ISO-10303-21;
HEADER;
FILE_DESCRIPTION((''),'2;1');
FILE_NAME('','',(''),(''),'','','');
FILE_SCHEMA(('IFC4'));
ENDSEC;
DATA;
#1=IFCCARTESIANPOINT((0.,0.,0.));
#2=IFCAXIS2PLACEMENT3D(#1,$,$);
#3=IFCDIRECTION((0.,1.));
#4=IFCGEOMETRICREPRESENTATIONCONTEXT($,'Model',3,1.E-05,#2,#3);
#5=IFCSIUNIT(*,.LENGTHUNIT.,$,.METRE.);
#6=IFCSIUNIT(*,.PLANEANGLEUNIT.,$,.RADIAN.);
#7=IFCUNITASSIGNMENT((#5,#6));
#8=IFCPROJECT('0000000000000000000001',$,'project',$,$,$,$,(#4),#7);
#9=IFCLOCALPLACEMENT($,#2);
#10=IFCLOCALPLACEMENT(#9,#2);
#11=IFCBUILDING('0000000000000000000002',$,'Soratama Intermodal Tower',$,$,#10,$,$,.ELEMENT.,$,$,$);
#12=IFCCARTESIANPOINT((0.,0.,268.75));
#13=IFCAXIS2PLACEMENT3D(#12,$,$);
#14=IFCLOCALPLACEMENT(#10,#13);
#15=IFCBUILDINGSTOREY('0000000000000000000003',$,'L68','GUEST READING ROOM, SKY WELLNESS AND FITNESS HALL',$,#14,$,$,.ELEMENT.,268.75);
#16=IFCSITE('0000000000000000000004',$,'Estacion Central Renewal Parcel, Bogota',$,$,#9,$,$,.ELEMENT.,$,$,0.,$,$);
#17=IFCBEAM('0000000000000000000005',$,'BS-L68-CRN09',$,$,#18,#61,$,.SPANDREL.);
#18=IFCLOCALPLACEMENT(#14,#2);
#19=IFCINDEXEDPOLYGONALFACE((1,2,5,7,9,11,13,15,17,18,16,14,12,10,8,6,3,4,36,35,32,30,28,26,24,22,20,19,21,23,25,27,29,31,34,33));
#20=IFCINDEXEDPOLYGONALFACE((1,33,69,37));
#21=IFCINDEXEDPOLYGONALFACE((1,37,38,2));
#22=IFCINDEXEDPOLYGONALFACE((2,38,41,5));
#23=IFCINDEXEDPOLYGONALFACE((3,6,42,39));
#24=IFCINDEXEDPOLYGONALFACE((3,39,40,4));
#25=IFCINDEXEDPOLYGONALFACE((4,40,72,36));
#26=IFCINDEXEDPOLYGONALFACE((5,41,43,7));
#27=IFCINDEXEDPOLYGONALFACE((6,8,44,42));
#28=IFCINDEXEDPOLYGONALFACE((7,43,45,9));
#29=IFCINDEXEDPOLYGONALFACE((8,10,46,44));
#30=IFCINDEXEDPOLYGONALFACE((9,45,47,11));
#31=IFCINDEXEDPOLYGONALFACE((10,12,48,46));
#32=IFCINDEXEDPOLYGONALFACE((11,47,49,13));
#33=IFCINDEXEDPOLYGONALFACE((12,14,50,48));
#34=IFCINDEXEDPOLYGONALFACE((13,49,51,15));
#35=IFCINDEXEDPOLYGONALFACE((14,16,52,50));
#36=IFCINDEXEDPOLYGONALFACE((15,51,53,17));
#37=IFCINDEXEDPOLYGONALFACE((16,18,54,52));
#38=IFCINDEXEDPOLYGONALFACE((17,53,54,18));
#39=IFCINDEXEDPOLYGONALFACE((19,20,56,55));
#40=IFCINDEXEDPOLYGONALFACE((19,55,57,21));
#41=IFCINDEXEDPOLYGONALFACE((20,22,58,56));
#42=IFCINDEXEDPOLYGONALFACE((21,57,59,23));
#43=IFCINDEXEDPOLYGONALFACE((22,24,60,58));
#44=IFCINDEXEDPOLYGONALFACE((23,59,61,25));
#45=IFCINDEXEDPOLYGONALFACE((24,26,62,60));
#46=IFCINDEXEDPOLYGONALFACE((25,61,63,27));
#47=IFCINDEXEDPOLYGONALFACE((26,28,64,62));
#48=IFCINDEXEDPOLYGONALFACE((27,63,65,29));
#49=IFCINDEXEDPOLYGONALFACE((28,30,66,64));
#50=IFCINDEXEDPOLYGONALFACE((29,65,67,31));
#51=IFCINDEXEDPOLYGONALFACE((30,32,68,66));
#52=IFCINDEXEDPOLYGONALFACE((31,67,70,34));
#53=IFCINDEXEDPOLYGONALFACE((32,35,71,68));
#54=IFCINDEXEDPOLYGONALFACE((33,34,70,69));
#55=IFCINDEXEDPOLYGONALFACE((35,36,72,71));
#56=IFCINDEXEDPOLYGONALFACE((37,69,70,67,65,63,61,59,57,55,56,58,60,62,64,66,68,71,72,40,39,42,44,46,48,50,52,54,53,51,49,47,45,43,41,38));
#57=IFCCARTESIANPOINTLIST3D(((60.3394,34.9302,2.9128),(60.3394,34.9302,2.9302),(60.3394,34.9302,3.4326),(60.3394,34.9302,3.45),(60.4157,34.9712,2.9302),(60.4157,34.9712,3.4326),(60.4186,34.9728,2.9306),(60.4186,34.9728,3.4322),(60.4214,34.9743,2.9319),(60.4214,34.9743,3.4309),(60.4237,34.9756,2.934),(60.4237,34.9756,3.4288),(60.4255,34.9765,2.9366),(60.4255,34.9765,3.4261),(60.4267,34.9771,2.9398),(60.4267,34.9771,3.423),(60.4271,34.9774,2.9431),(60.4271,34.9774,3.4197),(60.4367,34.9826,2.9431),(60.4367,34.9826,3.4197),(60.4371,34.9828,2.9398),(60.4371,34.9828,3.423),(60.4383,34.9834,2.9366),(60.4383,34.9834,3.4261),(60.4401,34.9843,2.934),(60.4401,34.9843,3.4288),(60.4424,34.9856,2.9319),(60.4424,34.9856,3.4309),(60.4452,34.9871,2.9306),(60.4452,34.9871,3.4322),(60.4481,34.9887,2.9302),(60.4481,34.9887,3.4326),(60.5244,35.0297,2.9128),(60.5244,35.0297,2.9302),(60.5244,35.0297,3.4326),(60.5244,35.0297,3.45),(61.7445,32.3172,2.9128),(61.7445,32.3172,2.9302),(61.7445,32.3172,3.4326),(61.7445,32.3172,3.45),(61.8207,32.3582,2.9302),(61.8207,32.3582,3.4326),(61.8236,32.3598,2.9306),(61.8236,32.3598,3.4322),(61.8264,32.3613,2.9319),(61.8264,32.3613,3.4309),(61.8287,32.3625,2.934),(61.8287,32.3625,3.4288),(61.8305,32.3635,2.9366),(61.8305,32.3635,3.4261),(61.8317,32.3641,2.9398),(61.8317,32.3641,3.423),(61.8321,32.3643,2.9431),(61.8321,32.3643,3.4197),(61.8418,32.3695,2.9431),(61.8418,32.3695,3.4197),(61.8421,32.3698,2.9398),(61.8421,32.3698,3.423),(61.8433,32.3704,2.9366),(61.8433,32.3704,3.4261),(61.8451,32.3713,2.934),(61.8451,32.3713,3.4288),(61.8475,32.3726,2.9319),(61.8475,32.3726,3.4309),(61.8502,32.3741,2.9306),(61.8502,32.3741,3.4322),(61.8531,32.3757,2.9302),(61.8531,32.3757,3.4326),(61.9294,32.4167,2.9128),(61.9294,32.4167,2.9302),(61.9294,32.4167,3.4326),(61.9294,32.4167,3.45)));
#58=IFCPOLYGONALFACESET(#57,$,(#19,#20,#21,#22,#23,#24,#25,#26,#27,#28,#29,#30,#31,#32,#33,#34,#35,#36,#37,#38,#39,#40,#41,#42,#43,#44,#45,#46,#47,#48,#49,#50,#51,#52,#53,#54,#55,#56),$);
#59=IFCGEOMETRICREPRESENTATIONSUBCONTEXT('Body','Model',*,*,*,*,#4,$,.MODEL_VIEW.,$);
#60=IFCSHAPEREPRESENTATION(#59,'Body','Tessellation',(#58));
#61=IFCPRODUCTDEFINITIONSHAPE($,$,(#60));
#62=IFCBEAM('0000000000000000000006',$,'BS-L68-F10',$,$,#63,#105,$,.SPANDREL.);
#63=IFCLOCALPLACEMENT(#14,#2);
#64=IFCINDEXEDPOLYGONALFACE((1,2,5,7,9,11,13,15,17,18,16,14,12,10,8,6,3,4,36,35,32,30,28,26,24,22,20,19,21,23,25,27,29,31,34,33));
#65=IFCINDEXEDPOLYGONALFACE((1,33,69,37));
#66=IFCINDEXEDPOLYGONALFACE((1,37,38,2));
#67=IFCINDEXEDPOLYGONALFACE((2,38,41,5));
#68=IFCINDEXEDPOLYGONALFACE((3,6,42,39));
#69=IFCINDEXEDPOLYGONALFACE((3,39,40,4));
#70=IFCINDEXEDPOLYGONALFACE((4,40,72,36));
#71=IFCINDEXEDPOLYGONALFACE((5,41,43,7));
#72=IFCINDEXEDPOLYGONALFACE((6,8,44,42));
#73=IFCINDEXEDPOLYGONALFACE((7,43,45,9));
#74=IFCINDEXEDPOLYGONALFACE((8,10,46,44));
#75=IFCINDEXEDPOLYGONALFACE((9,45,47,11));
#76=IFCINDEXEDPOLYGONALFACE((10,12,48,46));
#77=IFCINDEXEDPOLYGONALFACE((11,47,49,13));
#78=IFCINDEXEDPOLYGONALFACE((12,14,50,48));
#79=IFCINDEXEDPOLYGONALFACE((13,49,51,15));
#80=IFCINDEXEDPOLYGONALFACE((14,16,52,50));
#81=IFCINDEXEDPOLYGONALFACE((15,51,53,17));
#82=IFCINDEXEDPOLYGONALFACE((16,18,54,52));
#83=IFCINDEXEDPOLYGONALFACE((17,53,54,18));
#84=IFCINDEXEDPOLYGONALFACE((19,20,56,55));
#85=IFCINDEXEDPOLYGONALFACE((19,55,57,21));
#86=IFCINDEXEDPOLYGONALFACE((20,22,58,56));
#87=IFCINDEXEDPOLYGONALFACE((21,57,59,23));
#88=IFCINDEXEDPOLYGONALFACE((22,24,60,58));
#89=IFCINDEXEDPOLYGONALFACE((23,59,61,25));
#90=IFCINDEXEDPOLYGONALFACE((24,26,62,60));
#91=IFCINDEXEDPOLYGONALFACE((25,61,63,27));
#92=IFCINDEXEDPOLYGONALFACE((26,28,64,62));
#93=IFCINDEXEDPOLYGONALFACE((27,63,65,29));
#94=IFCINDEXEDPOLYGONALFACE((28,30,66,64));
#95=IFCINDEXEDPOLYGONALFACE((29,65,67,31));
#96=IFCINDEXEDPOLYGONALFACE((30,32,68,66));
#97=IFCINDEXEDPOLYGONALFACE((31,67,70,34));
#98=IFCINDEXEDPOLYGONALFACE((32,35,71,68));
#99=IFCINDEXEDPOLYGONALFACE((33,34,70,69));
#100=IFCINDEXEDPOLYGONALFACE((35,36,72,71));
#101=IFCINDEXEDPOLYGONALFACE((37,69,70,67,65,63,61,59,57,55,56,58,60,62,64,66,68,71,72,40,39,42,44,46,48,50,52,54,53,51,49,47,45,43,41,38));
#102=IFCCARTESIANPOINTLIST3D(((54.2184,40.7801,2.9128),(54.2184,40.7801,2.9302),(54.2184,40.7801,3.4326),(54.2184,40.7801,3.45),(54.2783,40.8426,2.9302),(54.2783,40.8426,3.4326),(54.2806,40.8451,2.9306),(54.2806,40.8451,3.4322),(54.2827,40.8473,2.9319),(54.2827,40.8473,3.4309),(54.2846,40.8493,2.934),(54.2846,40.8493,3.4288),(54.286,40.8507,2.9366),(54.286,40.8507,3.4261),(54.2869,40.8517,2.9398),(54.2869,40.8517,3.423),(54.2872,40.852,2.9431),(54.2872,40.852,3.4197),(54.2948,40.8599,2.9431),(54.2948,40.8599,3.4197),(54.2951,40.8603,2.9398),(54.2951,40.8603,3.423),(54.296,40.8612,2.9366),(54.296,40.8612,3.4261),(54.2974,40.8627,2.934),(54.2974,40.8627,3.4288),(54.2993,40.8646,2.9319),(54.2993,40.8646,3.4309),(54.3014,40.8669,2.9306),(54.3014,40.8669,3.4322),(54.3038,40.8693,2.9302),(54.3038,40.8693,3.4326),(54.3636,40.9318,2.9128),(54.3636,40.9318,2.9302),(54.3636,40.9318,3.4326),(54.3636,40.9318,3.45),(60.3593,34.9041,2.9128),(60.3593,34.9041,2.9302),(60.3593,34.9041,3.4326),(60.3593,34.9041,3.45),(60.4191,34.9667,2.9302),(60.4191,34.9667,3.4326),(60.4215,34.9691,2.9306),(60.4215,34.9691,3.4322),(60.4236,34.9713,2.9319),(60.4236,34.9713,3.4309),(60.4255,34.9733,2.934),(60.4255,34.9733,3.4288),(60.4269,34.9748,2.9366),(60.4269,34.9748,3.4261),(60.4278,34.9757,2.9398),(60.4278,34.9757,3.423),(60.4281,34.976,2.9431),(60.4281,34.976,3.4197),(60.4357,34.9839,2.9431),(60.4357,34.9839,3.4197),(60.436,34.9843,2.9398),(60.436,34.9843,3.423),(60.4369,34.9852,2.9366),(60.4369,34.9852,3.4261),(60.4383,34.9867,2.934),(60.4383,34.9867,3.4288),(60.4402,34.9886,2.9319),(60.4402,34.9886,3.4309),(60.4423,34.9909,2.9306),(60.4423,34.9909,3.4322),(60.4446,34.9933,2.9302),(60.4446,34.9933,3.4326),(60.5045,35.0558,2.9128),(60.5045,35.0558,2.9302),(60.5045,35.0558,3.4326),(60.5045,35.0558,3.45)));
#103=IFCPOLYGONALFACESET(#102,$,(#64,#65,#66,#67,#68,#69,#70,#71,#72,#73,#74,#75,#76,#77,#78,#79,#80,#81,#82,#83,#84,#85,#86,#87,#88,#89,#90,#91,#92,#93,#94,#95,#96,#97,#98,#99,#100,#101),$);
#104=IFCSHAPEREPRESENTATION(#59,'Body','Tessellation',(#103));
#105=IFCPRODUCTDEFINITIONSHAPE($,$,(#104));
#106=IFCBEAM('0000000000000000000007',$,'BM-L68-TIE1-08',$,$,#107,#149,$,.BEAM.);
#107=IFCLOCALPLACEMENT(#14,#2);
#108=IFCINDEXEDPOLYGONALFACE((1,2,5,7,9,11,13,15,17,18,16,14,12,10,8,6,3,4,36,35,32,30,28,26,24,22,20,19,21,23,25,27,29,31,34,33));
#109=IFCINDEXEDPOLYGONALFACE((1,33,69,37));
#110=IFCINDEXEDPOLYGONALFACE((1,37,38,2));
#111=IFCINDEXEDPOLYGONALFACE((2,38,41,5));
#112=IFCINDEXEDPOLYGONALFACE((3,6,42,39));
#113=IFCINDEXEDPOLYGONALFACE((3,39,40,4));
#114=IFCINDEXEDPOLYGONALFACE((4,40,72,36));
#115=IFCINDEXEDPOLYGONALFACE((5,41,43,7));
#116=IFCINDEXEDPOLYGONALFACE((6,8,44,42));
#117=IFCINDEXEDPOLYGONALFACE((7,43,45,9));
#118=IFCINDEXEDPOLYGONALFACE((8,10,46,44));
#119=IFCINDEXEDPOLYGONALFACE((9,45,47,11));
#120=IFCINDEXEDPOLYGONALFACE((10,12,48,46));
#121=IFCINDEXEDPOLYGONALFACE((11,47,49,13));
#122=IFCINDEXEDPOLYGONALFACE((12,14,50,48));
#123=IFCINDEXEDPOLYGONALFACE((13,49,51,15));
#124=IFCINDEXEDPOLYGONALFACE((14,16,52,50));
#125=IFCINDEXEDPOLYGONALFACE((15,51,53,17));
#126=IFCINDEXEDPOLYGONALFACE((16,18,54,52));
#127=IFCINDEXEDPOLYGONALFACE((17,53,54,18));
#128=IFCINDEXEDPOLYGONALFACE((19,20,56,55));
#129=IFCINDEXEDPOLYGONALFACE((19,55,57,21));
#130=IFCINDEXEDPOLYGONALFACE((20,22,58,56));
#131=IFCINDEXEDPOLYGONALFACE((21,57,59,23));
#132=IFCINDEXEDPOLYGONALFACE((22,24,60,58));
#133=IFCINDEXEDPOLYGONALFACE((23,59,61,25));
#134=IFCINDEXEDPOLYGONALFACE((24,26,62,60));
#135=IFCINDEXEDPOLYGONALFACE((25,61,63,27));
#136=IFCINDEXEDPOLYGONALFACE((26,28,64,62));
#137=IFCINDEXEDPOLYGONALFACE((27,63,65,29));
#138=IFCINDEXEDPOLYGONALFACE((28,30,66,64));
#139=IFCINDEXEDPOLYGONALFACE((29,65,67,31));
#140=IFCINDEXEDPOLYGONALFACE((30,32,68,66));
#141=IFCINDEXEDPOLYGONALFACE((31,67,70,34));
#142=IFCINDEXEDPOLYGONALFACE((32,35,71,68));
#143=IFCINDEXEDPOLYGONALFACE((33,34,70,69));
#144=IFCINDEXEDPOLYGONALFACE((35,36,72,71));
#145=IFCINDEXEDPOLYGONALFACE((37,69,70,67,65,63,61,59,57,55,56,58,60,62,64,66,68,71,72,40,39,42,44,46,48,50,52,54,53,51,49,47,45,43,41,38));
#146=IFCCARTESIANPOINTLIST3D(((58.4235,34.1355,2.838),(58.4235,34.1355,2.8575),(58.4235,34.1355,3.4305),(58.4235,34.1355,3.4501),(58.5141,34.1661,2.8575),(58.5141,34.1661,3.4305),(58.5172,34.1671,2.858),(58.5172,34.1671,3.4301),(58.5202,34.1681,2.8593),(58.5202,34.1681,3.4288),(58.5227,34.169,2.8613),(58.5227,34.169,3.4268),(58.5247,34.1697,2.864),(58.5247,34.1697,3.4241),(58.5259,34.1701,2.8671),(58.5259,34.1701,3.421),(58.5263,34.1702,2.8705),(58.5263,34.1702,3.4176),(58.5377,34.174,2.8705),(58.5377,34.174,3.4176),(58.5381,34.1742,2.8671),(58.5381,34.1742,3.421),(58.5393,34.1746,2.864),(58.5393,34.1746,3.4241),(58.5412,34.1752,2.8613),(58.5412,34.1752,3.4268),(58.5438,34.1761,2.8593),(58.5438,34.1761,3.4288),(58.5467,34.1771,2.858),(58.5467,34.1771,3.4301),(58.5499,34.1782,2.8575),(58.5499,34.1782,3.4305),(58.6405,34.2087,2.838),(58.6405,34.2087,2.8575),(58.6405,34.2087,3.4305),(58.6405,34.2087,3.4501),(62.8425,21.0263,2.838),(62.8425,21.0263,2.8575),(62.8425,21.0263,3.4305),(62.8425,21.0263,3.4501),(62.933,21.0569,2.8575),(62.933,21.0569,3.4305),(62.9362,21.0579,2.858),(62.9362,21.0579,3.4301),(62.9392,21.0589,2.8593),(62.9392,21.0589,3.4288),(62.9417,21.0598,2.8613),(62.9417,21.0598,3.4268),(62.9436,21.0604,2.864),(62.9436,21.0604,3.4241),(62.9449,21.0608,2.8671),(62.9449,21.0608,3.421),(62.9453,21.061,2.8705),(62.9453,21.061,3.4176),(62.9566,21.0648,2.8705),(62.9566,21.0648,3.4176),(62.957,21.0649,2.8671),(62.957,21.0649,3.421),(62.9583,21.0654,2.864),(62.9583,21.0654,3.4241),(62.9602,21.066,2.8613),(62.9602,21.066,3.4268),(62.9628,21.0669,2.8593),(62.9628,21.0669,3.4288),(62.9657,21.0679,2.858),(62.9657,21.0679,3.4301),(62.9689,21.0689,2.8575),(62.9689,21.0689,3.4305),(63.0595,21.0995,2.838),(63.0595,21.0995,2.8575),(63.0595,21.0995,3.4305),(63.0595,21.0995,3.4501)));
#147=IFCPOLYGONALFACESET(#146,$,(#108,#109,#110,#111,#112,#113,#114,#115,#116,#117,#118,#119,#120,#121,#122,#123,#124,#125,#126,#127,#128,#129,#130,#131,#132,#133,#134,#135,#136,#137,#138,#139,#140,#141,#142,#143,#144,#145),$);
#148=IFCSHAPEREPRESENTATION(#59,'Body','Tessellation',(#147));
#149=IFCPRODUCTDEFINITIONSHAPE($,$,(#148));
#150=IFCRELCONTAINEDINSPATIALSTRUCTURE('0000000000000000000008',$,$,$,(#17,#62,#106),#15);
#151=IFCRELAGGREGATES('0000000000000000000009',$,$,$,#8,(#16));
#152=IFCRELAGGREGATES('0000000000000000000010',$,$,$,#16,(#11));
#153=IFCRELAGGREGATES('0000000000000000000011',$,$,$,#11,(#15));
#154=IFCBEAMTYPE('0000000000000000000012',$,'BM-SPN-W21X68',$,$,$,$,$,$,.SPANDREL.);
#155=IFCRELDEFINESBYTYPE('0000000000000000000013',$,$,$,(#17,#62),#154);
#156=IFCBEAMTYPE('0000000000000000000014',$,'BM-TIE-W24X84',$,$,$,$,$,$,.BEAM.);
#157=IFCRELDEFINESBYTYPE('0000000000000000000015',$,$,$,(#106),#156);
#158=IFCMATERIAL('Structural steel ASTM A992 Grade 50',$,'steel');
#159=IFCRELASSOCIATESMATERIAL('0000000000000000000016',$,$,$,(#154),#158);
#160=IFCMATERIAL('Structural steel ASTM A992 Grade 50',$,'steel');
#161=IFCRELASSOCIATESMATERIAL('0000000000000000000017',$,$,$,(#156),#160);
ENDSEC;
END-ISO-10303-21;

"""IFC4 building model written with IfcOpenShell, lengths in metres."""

from ifc_helpers import new_model, si_unit, direction, frame, origin, origin_2d, place, context, subcontext, project, spatial, i_section, extrude, material, material_profile, profile_set, type_object, element, save


model = new_model("IFC4")

# Units and contexts
model_context = context("Model", 3, precision=1e-05, world=origin(), true_north=direction((0.0, 1.0)))
body_context = subcontext(model_context, "Body", "Model", "MODEL_VIEW")
ifc_project = project(units=[si_unit("LENGTHUNIT", "METRE"), si_unit("PLANEANGLEUNIT", "RADIAN")], contexts=[model_context])

# Site, building, storey
site_placement = place(None, origin())
site = spatial("IfcSite", under=ifc_project, at=site_placement, Name="Estacion Central Renewal Parcel, Bogota", CompositionType="ELEMENT", RefElevation=0.0)
building_placement = place(site_placement, origin())
building = spatial("IfcBuilding", under=site, at=building_placement, Name="Soratama Intermodal Tower", CompositionType="ELEMENT")
storey_placement = place(building_placement, frame((0.0, 0.0, 268.75)))
storey = spatial("IfcBuildingStorey", under=building, at=storey_placement, Name="L68", Description="GUEST READING ROOM, SKY WELLNESS AND FITNESS HALL", CompositionType="ELEMENT", Elevation=268.75)

# Beams
ifc_material_1 = material(Name="Structural steel ASTM A992 Grade 50", Category="steel")
ifc_material_profile_1 = material_profile(ifc_material_1, i_section(OverallWidth=0.21, OverallDepth=0.5371, WebThickness=0.011, FlangeThickness=0.0173, FilletRadius=0.0129, at=origin_2d()), Name="W21X68")
ifc_profile_set_1 = profile_set([ifc_material_profile_1], Name="Structural steel ASTM A992 Grade 50")
beam_type_1 = type_object("IfcBeamType", Name="BM-SPN-W21X68", PredefinedType="SPANDREL", material=ifc_profile_set_1)
beam_1_placement = place(storey_placement, frame((61.8369, 32.3669, 3.1814), z_axis=(-0.47358, 0.880751, 0.0), x_axis=(-0.880751, -0.47358, 0.0)))
element("IfcBeam", 1, at=beam_1_placement, inside=storey, type_object=beam_type_1, Name="BS-L68-CRN09", PredefinedType="SPANDREL", context=body_context, shape_type="SweptSolid", body=[
    extrude(i_section(OverallWidth=0.21, OverallDepth=0.5371, WebThickness=0.011, FlangeThickness=0.0173, FilletRadius=0.0129, at=origin_2d()), origin(), (0.0, 0.0, 1.0), 2.9668),
])
beam_2_placement = place(storey_placement, frame((60.4319, 34.98, 3.1814), z_axis=(-0.722518, 0.691352, 0.0), x_axis=(-0.691352, -0.722518, 0.0)))
element("IfcBeam", 2, at=beam_2_placement, inside=storey, type_object=beam_type_1, Name="BS-L68-F10", PredefinedType="SPANDREL", context=body_context, shape_type="SweptSolid", body=[
    extrude(i_section(OverallWidth=0.21, OverallDepth=0.5371, WebThickness=0.011, FlangeThickness=0.0173, FilletRadius=0.0129, at=origin_2d()), origin(), (0.0, 0.0, 1.0), 8.4993),
])
ifc_material_2 = material(Name="Structural steel ASTM A992 Grade 50", Category="steel")
ifc_material_profile_2 = material_profile(ifc_material_2, i_section(OverallWidth=0.229, OverallDepth=0.6121, WebThickness=0.012, FlangeThickness=0.0195, FilletRadius=0.0129, at=origin_2d()), Name="W24X84")
ifc_profile_set_2 = profile_set([ifc_material_profile_2], Name="Structural steel ASTM A992 Grade 50")
beam_type_2 = type_object("IfcBeamType", Name="BM-TIE-W24X84", PredefinedType="BEAM", material=ifc_profile_set_2)
beam_3_placement = place(storey_placement, frame((58.532, 34.1721, 3.144), z_axis=(0.319429, -0.94761, 0.0), x_axis=(0.94761, 0.319429, 0.0)))
element("IfcBeam", 3, at=beam_3_placement, inside=storey, type_object=beam_type_2, Name="BM-L68-TIE1-08", PredefinedType="BEAM", context=body_context, shape_type="SweptSolid", body=[
    extrude(i_section(OverallWidth=0.229, OverallDepth=0.6121, WebThickness=0.012, FlangeThickness=0.0195, FilletRadius=0.0129, at=origin_2d()), origin(), (0.0, 0.0, 1.0), 13.834),
])

save(model, "model.ifc")
